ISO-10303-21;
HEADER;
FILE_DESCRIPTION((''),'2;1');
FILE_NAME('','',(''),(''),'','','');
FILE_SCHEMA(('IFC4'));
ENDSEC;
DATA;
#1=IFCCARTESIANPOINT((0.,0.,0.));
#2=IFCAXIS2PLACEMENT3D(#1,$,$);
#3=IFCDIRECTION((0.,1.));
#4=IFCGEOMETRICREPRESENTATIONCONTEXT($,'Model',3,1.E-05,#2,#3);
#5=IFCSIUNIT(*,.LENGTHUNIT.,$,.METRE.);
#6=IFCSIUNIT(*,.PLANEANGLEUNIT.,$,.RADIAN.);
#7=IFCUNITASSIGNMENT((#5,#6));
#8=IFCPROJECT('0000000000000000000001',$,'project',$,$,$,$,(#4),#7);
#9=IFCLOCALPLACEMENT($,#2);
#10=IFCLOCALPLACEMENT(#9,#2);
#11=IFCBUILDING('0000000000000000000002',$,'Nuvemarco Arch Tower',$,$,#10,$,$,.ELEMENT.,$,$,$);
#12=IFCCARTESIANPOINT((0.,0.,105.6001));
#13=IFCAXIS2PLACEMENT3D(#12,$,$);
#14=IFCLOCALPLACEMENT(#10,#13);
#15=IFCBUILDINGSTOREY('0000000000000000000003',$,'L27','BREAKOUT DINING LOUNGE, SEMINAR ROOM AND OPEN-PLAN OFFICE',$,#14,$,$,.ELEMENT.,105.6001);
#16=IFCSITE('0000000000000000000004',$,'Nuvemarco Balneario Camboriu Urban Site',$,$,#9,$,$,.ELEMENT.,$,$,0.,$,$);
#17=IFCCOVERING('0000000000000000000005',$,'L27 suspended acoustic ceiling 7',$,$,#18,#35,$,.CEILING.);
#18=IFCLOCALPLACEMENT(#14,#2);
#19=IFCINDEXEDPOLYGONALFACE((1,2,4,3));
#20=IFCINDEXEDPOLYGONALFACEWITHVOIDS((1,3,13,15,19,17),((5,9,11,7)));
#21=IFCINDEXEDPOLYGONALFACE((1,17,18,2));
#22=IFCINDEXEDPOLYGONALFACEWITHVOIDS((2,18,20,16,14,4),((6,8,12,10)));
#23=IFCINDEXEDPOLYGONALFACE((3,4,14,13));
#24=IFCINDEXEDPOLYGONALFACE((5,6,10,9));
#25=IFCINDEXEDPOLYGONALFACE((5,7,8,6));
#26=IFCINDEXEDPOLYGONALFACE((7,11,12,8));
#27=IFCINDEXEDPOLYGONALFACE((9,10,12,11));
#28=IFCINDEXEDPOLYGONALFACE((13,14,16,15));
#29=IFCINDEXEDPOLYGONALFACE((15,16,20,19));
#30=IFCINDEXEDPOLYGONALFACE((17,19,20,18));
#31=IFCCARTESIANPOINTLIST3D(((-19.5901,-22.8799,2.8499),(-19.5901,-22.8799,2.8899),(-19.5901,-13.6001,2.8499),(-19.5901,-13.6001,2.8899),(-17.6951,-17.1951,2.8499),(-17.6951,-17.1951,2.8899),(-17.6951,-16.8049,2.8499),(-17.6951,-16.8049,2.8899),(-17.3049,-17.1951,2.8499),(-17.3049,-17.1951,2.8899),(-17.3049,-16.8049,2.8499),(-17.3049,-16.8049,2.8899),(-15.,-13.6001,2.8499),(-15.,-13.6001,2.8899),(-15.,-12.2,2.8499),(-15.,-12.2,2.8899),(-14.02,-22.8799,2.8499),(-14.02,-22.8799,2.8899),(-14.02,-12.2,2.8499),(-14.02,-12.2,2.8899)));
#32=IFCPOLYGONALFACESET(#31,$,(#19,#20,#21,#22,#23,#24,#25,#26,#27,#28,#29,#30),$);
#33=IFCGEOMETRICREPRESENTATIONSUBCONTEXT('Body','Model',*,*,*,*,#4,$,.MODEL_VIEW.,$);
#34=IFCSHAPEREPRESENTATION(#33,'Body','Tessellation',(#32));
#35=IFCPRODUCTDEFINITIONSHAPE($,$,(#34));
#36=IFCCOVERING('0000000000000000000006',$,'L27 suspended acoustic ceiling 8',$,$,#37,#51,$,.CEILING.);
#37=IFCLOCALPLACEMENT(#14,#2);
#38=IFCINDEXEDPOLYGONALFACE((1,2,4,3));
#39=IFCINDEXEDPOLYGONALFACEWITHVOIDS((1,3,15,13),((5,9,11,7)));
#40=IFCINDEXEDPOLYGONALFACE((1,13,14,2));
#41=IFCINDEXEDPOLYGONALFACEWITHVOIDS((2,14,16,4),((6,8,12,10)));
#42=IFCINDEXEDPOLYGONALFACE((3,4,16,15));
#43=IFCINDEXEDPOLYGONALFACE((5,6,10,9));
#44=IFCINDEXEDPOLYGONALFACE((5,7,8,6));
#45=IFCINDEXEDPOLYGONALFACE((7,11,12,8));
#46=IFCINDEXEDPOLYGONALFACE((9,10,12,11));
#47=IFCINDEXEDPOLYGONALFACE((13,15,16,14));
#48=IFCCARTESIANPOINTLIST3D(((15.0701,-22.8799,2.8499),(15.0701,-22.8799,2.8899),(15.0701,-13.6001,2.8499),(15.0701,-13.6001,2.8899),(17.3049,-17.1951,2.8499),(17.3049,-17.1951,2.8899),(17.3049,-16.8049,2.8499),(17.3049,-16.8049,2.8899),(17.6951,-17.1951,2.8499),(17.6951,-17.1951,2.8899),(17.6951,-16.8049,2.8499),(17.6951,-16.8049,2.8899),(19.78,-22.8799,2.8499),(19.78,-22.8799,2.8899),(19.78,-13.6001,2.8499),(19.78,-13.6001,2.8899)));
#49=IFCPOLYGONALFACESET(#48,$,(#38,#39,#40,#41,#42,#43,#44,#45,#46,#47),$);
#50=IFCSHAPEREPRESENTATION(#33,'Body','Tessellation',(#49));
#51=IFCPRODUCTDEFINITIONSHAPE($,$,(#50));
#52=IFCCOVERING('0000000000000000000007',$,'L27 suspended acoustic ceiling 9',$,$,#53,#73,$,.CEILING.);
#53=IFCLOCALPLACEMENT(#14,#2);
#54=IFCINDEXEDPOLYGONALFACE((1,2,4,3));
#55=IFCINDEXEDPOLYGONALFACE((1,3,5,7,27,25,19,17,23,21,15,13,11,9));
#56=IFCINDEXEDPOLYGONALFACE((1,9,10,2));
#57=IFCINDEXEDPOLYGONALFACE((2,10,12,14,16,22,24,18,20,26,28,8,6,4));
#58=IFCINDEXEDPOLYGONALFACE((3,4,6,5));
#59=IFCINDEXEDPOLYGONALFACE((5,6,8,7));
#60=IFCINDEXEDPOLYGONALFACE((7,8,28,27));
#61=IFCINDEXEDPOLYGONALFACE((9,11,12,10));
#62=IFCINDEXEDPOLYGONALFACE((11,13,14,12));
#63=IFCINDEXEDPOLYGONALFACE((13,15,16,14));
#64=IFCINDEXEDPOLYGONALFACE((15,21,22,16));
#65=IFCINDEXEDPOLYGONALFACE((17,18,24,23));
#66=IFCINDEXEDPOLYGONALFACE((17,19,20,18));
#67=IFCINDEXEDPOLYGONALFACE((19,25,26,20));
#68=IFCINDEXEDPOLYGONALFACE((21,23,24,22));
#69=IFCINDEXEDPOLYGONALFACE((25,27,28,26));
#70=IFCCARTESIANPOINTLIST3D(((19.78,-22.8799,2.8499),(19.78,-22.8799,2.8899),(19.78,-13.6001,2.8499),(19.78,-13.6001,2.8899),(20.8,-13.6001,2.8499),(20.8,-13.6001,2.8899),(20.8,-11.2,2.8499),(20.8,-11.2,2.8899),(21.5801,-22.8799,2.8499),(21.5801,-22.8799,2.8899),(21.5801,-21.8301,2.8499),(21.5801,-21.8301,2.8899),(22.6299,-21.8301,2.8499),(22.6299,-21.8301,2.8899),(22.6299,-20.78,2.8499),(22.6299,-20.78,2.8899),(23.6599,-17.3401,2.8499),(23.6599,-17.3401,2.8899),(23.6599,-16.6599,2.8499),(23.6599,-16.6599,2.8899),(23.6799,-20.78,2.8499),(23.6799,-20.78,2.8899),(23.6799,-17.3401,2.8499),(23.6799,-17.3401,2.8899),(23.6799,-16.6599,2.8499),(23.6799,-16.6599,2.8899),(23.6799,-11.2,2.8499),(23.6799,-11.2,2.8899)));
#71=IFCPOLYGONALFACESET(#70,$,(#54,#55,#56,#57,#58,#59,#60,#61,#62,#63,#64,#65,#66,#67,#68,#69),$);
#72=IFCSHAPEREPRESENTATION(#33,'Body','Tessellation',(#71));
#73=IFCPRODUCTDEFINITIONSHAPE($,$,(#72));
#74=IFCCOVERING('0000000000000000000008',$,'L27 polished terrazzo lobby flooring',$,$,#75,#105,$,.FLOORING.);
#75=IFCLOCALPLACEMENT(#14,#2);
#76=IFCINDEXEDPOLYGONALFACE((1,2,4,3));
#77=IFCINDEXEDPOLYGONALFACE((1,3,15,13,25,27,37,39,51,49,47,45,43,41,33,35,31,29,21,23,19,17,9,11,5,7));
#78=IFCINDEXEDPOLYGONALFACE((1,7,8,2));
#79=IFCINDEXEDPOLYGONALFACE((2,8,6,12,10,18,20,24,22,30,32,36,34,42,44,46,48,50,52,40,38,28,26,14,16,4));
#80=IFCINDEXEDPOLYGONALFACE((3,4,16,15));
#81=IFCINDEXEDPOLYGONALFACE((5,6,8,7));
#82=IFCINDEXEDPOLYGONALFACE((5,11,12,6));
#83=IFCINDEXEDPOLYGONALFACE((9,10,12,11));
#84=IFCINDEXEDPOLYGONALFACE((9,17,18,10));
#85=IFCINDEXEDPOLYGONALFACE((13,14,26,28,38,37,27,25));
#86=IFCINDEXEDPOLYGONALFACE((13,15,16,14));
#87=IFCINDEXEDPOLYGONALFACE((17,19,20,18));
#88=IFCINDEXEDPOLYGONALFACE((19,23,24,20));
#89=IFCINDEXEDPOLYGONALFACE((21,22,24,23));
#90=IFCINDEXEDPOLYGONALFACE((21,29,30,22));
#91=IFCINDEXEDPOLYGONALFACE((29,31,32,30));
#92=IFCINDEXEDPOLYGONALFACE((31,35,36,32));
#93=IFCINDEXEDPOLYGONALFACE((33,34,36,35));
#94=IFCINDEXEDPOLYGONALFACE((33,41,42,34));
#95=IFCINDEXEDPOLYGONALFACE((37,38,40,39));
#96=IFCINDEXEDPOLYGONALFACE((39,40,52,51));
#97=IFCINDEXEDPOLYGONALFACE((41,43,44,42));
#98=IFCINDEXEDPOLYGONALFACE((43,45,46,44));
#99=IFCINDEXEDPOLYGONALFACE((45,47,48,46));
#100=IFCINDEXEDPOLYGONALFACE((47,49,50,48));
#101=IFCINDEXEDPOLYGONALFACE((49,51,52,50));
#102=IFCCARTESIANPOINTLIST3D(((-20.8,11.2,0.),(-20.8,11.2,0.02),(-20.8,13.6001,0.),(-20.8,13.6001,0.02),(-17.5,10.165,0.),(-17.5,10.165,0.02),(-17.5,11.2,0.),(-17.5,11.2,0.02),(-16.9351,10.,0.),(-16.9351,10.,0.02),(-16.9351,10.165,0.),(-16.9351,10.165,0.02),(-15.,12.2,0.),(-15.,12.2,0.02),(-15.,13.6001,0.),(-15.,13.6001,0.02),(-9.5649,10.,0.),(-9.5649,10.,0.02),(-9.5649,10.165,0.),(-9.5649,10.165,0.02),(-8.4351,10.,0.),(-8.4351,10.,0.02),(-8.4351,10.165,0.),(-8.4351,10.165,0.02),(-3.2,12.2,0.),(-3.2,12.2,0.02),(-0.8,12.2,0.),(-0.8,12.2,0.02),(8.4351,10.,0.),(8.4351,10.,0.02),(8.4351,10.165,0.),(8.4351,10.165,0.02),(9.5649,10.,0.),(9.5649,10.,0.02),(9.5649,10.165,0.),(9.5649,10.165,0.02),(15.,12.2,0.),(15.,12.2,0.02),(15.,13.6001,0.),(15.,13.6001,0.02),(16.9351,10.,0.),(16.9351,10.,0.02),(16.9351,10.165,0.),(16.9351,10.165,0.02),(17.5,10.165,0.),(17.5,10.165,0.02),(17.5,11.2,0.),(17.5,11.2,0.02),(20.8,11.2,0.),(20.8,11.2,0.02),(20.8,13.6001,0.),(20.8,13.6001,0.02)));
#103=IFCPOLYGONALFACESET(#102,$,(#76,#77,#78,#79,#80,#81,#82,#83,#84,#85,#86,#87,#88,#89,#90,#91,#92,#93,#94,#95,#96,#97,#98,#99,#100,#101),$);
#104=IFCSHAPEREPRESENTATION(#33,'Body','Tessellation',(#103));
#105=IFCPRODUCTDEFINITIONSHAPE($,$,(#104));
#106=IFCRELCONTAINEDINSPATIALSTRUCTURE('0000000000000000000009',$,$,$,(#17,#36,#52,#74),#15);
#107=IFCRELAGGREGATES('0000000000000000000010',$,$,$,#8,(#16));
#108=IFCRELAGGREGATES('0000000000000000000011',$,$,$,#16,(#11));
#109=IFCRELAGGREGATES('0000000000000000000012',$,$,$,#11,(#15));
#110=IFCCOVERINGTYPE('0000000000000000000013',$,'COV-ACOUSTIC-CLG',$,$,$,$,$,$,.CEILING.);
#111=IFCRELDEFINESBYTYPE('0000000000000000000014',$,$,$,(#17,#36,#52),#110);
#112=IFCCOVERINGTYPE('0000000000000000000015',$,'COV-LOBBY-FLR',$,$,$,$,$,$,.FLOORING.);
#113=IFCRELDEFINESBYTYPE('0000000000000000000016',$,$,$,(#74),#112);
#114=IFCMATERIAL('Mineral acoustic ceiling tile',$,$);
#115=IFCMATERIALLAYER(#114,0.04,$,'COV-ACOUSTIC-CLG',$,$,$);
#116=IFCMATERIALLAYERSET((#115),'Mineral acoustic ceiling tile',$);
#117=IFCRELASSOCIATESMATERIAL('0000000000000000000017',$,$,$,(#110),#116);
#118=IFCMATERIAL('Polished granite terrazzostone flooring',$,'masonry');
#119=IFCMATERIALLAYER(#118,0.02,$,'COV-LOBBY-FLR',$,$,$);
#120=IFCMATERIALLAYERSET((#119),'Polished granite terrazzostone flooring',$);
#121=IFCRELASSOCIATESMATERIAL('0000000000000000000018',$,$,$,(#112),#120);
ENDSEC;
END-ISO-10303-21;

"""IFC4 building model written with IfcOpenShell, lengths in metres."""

from ifc_helpers import new_model, si_unit, direction, frame, origin, place, context, subcontext, project, spatial, polyline, outline, extrude, material, layer, layer_set, type_object, element, save


model = new_model("IFC4")

# Units and contexts
model_context = context("Model", 3, precision=1e-05, world=origin(), true_north=direction((0.0, 1.0)))
body_context = subcontext(model_context, "Body", "Model", "MODEL_VIEW")
ifc_project = project(units=[si_unit("LENGTHUNIT", "METRE"), si_unit("PLANEANGLEUNIT", "RADIAN")], contexts=[model_context])

# Site, building, storey
site_placement = place(None, origin())
site = spatial("IfcSite", under=ifc_project, at=site_placement, Name="Nuvemarco Balneario Camboriu Urban Site", CompositionType="ELEMENT", RefElevation=0.0)
building_placement = place(site_placement, origin())
building = spatial("IfcBuilding", under=site, at=building_placement, Name="Nuvemarco Arch Tower", CompositionType="ELEMENT")
storey_placement = place(building_placement, frame((0.0, 0.0, 105.6001)))
storey = spatial("IfcBuildingStorey", under=building, at=storey_placement, Name="L27", Description="BREAKOUT DINING LOUNGE, SEMINAR ROOM AND OPEN-PLAN OFFICE", CompositionType="ELEMENT", Elevation=105.6001)

# Coverings
ifc_material_1 = material(Name="Mineral acoustic ceiling tile")
ifc_layer_1 = layer(ifc_material_1, 0.04, Name="COV-ACOUSTIC-CLG")
ifc_layer_set_1 = layer_set([ifc_layer_1], Name="Mineral acoustic ceiling tile")
covering_type_1 = type_object("IfcCoveringType", Name="COV-ACOUSTIC-CLG", PredefinedType="CEILING", material=ifc_layer_set_1)
covering_1_placement = place(storey_placement, frame((0.0, 0.0, 2.8499)))
element("IfcCovering", 1, at=covering_1_placement, inside=storey, type_object=covering_type_1, Name="L27 suspended acoustic ceiling 7", PredefinedType="CEILING", context=body_context, shape_type="SweptSolid", body=[
    extrude(outline(polyline([(-14.02, -12.2), (-14.02, -22.8799), (-19.5901, -22.8799), (-19.5901, -13.6001), (-15.0, -13.6001), (-15.0, -12.2), (-14.02, -12.2)]), holes=[polyline([(-17.3049, -16.8049), (-17.6951, -16.8049), (-17.6951, -17.1951), (-17.3049, -17.1951), (-17.3049, -16.8049)])]), origin(), (0.0, 0.0, 1.0), 0.04),
])
covering_2_placement = place(storey_placement, frame((0.0, 0.0, 2.8499)))
element("IfcCovering", 2, at=covering_2_placement, inside=storey, type_object=covering_type_1, Name="L27 suspended acoustic ceiling 8", PredefinedType="CEILING", context=body_context, shape_type="SweptSolid", body=[
    extrude(outline(polyline([(15.0701, -22.8799), (15.0701, -13.6001), (19.78, -13.6001), (19.78, -22.8799), (15.0701, -22.8799)]), holes=[polyline([(17.6951, -17.1951), (17.6951, -16.8049), (17.3049, -16.8049), (17.3049, -17.1951), (17.6951, -17.1951)])]), origin(), (0.0, 0.0, 1.0), 0.04),
])
covering_3_placement = place(storey_placement, frame((0.0, 0.0, 2.8499)))
element("IfcCovering", 3, at=covering_3_placement, inside=storey, type_object=covering_type_1, Name="L27 suspended acoustic ceiling 9", PredefinedType="CEILING", context=body_context, shape_type="SweptSolid", body=[
    extrude(outline(polyline([(21.5801, -22.8799), (19.78, -22.8799), (19.78, -13.6001), (20.8, -13.6001), (20.8, -11.2), (23.6799, -11.2), (23.6799, -16.6599), (23.6599, -16.6599), (23.6599, -17.3401), (23.6799, -17.3401), (23.6799, -20.78), (22.6299, -20.78), (22.6299, -21.8301), (21.5801, -21.8301), (21.5801, -22.8799)])), origin(), (0.0, 0.0, 1.0), 0.04),
])
ifc_material_2 = material(Name="Polished granite terrazzostone flooring", Category="masonry")
ifc_layer_2 = layer(ifc_material_2, 0.02, Name="COV-LOBBY-FLR")
ifc_layer_set_2 = layer_set([ifc_layer_2], Name="Polished granite terrazzostone flooring")
covering_type_2 = type_object("IfcCoveringType", Name="COV-LOBBY-FLR", PredefinedType="FLOORING", material=ifc_layer_set_2)
covering_4_placement = place(storey_placement, origin())
element("IfcCovering", 4, at=covering_4_placement, inside=storey, type_object=covering_type_2, Name="L27 polished terrazzo lobby flooring", PredefinedType="FLOORING", context=body_context, shape_type="SweptSolid", body=[
    extrude(outline(polyline([(-8.4351, 10.165), (-9.5649, 10.165), (-9.5649, 10.0), (-16.9351, 10.0), (-16.9351, 10.165), (-17.5, 10.165), (-17.5, 11.2), (-20.8, 11.2), (-20.8, 13.6001), (-15.0, 13.6001), (-15.0, 12.2), (-3.2, 12.2), (-0.8, 12.2), (15.0, 12.2), (15.0, 13.6001), (20.8, 13.6001), (20.8, 11.2), (17.5, 11.2), (17.5, 10.165), (16.9351, 10.165), (16.9351, 10.0), (9.5649, 10.0), (9.5649, 10.165), (8.4351, 10.165), (8.4351, 10.0), (-8.4351, 10.0), (-8.4351, 10.165)])), origin(), (0.0, 0.0, 1.0), 0.02),
])

save(model, "model.ifc")
